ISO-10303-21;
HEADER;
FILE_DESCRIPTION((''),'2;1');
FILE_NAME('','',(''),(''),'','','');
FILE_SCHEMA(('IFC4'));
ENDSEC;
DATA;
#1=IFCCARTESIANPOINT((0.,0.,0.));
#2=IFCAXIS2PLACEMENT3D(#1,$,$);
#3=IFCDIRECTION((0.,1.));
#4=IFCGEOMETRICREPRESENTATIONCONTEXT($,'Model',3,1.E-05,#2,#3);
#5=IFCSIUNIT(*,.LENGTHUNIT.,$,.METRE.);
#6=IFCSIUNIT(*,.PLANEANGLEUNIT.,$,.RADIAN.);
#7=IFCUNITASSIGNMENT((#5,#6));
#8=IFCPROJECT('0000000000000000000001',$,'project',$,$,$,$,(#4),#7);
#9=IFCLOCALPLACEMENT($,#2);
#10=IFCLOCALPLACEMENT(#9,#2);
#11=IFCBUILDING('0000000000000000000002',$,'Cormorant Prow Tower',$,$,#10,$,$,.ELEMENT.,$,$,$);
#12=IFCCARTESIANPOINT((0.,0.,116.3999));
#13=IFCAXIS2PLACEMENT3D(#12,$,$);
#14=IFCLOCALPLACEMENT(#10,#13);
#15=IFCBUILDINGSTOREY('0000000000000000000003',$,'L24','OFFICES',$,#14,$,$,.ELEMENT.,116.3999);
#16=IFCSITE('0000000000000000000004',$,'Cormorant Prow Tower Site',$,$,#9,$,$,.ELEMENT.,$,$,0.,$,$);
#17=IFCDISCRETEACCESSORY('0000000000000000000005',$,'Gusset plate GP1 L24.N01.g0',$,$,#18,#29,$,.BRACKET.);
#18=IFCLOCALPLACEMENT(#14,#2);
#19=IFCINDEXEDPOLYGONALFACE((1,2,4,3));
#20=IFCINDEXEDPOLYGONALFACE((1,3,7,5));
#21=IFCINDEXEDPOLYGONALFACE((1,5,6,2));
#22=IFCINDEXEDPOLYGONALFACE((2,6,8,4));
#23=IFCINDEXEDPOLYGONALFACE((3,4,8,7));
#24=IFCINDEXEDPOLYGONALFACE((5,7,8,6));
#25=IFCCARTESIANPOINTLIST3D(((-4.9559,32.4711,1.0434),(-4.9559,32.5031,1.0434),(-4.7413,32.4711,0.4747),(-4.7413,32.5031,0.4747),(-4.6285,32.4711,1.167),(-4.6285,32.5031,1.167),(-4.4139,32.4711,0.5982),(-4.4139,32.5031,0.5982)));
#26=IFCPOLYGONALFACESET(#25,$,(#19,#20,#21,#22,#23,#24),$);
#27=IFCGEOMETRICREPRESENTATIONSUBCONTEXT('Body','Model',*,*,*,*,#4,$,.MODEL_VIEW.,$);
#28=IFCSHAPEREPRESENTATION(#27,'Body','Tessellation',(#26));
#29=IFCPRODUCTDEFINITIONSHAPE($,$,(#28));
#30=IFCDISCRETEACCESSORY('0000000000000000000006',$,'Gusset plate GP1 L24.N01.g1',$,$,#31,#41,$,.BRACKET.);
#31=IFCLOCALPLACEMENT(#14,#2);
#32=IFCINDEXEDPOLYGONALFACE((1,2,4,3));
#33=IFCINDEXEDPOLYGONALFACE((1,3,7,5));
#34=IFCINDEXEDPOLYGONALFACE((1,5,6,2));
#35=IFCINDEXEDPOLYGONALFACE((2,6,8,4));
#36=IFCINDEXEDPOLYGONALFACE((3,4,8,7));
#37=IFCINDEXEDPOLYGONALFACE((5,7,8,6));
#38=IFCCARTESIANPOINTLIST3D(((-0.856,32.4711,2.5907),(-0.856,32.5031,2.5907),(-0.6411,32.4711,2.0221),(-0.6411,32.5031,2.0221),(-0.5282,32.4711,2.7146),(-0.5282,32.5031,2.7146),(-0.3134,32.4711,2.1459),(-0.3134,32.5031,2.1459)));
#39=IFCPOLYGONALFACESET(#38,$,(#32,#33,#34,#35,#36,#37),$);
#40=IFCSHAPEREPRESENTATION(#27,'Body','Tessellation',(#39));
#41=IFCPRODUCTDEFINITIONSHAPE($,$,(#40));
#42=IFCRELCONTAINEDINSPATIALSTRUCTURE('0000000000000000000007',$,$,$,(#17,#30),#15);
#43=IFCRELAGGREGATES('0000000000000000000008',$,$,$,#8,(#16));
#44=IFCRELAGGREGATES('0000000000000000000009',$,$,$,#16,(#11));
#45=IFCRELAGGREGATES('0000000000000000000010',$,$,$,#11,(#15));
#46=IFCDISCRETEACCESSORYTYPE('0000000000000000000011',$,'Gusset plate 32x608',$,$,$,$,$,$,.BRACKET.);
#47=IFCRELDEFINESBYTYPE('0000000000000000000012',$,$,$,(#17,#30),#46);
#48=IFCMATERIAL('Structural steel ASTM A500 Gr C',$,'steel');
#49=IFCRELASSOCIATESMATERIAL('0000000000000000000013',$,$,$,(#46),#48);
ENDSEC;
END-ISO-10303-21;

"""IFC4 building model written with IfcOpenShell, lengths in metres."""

from ifc_helpers import new_model, si_unit, direction, frame, origin, origin_2d, place, context, subcontext, project, spatial, rectangle, extrude, material, material_profile, profile_set, type_object, element, save


model = new_model("IFC4")

# Units and contexts
model_context = context("Model", 3, precision=1e-05, world=origin(), true_north=direction((0.0, 1.0)))
body_context = subcontext(model_context, "Body", "Model", "MODEL_VIEW")
ifc_project = project(units=[si_unit("LENGTHUNIT", "METRE"), si_unit("PLANEANGLEUNIT", "RADIAN")], contexts=[model_context])

# Site, building, storey
site_placement = place(None, origin())
site = spatial("IfcSite", under=ifc_project, at=site_placement, Name="Cormorant Prow Tower Site", CompositionType="ELEMENT", RefElevation=0.0)
building_placement = place(site_placement, origin())
building = spatial("IfcBuilding", under=site, at=building_placement, Name="Cormorant Prow Tower", CompositionType="ELEMENT")
storey_placement = place(building_placement, frame((0.0, 0.0, 116.3999)))
storey = spatial("IfcBuildingStorey", under=building, at=storey_placement, Name="L24", Description="OFFICES", CompositionType="ELEMENT", Elevation=116.3999)

# Discrete accessories
ifc_material_1 = material(Name="Structural steel ASTM A500 Gr C", Category="steel")
ifc_material_profile_1 = material_profile(ifc_material_1, rectangle(XDim=0.032, YDim=0.6079, at=origin_2d()), Name="Gusset plate 32x608")
ifc_profile_set_1 = profile_set([ifc_material_profile_1], Name="Structural steel ASTM A500 Gr C")
discrete_accessory_type = type_object("IfcDiscreteAccessoryType", Name="Gusset plate 32x608", PredefinedType="BRACKET", material=ifc_profile_set_1)
discrete_accessory_1_placement = place(storey_placement, frame((-4.5212, 32.4871, 0.8826), z_axis=(-0.93561, 0.0, -0.353034), x_axis=(0.0, -1.0, 0.0)))
element("IfcDiscreteAccessory", 1, at=discrete_accessory_1_placement, inside=storey, type_object=discrete_accessory_type, Name="Gusset plate GP1 L24.N01.g0", PredefinedType="BRACKET", context=body_context, shape_type="SweptSolid", body=[
    extrude(rectangle(XDim=0.032, YDim=0.6079, at=origin_2d()), origin(), (0.0, 0.0, 1.0), 0.3499),
])
discrete_accessory_2_placement = place(storey_placement, frame((-0.7485, 32.4871, 2.3064), z_axis=(0.935467, 0.0, 0.353414), x_axis=(0.0, 1.0, 0.0)))
element("IfcDiscreteAccessory", 2, at=discrete_accessory_2_placement, inside=storey, type_object=discrete_accessory_type, Name="Gusset plate GP1 L24.N01.g1", PredefinedType="BRACKET", context=body_context, shape_type="SweptSolid", body=[
    extrude(rectangle(XDim=0.032, YDim=0.6079, at=origin_2d()), origin(), (0.0, 0.0, 1.0), 0.3503),
])

save(model, "model.ifc")
